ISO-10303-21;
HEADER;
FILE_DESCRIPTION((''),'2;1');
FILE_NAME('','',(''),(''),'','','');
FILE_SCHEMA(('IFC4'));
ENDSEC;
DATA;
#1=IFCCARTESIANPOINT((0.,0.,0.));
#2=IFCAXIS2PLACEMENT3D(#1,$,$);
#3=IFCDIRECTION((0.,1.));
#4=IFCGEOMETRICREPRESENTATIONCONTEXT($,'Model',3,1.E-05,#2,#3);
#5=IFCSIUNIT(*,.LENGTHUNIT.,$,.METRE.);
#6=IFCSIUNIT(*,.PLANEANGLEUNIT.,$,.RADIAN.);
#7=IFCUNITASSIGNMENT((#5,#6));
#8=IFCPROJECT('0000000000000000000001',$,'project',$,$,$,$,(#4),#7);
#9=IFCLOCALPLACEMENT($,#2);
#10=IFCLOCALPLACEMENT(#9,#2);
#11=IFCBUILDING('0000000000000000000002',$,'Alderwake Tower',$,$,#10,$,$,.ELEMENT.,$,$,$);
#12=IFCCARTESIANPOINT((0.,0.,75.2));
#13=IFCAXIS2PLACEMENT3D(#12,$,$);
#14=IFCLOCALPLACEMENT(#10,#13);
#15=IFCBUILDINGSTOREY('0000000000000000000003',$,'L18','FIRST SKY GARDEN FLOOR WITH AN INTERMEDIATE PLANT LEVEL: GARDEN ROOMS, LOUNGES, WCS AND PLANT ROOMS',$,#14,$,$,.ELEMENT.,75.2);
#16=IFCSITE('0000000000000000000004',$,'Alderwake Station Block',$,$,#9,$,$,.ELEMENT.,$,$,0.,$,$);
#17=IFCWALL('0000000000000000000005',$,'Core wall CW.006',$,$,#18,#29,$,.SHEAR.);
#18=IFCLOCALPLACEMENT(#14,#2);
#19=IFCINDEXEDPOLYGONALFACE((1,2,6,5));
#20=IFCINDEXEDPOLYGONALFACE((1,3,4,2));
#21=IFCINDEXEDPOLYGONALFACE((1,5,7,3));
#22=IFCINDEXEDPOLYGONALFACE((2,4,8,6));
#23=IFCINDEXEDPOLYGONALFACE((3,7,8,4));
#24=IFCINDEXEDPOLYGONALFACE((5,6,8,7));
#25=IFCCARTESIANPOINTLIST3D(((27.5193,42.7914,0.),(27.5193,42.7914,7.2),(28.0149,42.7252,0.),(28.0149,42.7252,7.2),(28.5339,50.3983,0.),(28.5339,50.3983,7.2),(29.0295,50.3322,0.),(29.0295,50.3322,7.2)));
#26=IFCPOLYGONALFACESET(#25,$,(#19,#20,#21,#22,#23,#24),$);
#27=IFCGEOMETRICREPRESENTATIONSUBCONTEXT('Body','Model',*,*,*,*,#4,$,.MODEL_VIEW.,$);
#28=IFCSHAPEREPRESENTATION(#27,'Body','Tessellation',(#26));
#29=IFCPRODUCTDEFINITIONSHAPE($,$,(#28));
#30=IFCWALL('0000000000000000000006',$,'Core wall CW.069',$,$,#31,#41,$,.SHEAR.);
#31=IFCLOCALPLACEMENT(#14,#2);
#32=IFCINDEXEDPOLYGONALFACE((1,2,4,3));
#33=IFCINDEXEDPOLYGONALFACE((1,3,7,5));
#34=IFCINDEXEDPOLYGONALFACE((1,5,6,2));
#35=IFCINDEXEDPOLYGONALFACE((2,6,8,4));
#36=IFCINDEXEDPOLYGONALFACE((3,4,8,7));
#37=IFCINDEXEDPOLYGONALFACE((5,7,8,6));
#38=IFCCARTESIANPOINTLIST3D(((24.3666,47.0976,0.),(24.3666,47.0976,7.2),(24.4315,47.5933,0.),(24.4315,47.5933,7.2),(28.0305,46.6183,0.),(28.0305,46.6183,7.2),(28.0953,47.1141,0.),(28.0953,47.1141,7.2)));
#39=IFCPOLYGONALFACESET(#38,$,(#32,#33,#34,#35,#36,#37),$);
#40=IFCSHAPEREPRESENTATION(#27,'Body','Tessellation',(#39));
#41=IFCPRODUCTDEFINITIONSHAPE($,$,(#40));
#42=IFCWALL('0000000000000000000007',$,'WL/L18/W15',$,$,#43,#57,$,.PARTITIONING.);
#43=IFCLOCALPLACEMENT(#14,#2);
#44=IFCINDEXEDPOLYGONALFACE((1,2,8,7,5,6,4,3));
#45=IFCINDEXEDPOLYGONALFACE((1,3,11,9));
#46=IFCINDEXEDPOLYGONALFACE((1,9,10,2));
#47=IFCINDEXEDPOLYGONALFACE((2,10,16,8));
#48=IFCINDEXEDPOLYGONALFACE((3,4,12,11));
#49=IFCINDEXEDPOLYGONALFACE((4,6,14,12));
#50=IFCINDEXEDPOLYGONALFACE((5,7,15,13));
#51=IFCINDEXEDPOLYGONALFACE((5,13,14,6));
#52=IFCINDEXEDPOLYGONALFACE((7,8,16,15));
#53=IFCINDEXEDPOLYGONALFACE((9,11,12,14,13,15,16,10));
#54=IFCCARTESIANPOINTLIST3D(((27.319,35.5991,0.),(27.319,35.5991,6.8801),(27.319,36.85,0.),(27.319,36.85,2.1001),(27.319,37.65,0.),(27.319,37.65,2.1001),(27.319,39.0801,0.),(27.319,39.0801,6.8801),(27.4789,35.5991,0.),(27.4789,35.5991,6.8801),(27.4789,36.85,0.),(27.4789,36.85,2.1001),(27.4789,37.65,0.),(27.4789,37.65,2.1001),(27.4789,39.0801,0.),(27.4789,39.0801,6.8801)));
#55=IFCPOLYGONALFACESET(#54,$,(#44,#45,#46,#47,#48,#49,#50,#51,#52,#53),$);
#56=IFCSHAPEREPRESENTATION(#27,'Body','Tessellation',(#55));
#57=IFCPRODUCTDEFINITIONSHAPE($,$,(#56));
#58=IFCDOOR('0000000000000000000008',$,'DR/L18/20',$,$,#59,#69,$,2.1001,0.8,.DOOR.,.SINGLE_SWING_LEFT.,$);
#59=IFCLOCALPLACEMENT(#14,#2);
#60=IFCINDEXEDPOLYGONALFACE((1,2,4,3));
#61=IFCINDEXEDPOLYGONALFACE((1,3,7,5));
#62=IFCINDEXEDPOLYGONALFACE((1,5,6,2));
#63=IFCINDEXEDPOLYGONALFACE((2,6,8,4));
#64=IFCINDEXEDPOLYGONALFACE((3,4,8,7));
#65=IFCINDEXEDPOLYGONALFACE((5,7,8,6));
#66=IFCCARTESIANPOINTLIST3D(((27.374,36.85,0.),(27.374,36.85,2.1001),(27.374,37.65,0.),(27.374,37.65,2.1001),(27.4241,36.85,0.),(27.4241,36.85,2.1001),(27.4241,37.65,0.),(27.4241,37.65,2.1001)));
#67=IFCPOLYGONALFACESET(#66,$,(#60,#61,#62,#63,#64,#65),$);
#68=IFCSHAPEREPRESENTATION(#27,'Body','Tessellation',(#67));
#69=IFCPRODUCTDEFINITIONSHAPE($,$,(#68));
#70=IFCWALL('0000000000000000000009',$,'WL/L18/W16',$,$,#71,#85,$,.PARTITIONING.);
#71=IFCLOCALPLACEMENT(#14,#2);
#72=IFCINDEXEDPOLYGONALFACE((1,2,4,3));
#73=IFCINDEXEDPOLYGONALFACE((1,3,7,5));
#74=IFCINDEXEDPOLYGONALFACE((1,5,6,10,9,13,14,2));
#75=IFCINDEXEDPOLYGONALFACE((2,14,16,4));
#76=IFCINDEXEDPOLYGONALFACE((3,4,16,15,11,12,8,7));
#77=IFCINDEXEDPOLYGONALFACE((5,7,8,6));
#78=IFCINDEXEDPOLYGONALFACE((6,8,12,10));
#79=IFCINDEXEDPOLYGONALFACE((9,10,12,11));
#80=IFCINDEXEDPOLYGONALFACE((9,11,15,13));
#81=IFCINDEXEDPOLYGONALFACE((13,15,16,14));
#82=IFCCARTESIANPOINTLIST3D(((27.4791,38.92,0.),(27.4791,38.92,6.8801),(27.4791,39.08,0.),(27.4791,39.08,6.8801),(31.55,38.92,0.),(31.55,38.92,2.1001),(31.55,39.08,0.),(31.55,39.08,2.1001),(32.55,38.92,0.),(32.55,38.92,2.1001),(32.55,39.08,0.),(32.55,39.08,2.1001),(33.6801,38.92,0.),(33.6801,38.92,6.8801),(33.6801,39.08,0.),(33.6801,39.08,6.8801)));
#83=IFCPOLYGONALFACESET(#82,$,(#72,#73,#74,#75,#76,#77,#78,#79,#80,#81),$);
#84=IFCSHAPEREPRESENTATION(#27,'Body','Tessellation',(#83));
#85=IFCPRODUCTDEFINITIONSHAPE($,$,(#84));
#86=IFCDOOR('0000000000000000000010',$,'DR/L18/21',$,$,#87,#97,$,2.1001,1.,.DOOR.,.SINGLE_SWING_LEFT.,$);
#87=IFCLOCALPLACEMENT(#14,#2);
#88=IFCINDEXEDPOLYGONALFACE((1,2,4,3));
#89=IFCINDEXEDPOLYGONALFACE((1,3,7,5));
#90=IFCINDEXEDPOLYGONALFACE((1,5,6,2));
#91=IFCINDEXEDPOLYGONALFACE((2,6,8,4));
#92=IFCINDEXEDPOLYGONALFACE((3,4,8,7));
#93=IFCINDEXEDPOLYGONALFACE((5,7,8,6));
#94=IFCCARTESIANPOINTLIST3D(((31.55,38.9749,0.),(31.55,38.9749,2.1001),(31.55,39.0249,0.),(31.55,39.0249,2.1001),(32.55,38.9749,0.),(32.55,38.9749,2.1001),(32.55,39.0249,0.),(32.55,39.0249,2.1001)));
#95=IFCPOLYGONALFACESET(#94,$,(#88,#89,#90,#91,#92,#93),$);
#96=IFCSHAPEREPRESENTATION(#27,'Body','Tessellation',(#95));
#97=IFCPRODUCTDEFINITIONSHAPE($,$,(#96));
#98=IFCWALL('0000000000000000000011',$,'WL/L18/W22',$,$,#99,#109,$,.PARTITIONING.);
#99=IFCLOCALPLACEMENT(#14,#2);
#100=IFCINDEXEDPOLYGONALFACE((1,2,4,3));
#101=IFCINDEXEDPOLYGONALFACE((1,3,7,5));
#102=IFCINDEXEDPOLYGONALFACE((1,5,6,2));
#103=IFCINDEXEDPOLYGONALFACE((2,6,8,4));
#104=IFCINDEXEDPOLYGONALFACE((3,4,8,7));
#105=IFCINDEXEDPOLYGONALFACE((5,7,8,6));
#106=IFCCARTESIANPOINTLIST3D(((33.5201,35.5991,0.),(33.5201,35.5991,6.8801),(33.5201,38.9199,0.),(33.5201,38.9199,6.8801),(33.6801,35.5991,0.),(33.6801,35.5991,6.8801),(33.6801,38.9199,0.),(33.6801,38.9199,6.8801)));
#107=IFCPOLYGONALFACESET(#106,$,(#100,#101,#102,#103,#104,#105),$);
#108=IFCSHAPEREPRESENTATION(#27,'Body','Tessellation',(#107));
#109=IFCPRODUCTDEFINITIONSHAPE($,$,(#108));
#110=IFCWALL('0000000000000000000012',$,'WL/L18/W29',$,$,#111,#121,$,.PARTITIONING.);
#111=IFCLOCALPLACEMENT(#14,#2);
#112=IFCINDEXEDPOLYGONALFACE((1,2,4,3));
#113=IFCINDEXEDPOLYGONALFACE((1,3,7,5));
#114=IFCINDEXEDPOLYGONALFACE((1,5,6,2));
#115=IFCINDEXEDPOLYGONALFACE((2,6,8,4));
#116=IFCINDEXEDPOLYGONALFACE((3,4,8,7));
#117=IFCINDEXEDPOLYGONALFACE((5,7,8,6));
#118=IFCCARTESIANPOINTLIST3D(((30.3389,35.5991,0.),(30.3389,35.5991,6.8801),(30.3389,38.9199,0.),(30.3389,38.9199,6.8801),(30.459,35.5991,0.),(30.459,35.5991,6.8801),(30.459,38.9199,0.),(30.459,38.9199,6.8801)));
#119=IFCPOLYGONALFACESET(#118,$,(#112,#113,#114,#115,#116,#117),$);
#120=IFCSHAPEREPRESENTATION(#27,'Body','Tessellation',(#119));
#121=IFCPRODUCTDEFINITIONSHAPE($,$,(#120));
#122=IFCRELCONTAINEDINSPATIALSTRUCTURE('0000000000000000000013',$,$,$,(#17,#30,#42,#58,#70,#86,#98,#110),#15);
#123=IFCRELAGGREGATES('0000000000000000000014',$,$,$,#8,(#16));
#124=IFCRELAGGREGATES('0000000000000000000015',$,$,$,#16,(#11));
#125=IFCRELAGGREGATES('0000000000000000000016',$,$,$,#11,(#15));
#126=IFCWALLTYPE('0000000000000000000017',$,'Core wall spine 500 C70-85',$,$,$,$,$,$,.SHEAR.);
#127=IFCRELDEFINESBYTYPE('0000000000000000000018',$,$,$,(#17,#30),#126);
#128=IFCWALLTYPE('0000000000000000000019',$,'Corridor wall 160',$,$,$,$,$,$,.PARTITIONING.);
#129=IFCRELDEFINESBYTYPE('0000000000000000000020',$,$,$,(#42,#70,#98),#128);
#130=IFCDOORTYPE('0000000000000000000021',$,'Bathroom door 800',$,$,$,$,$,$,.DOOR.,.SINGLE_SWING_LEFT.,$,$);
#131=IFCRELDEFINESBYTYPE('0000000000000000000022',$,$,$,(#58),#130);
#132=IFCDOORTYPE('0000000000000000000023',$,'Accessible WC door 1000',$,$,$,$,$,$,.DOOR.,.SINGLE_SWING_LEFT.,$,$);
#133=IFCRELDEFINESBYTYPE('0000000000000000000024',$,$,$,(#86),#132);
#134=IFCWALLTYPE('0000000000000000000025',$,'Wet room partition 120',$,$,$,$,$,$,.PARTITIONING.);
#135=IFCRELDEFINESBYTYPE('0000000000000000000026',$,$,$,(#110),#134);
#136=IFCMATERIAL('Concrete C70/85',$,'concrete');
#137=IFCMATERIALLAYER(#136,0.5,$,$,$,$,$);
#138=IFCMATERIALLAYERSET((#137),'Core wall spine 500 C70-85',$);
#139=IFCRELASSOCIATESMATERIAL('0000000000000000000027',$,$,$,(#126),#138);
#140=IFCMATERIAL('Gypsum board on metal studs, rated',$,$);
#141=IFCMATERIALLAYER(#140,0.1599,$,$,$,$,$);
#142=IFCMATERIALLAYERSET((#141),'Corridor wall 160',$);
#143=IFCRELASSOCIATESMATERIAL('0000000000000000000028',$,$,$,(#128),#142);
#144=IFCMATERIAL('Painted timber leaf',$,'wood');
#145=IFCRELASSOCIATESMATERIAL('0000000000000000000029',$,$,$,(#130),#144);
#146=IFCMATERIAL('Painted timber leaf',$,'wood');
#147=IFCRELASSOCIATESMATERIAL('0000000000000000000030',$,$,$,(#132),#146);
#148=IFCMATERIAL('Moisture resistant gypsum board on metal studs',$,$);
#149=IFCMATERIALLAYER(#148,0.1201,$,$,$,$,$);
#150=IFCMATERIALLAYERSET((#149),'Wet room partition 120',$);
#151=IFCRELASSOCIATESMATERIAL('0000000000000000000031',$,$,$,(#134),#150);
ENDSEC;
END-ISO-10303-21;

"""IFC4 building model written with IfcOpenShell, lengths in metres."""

from ifc_helpers import new_model, si_unit, direction, frame, frame_2d, origin, place, context, subcontext, project, spatial, rectangle, extrude, material, layer, layer_set, type_object, element, fill, save


model = new_model("IFC4")

# Units and contexts
model_context = context("Model", 3, precision=1e-05, world=origin(), true_north=direction((0.0, 1.0)))
body_context = subcontext(model_context, "Body", "Model", "MODEL_VIEW")
ifc_project = project(units=[si_unit("LENGTHUNIT", "METRE"), si_unit("PLANEANGLEUNIT", "RADIAN")], contexts=[model_context])

# Site, building, storey
site_placement = place(None, origin())
site = spatial("IfcSite", under=ifc_project, at=site_placement, Name="Alderwake Station Block", CompositionType="ELEMENT", RefElevation=0.0)
building_placement = place(site_placement, origin())
building = spatial("IfcBuilding", under=site, at=building_placement, Name="Alderwake Tower", CompositionType="ELEMENT")
storey_placement = place(building_placement, frame((0.0, 0.0, 75.2)))
storey = spatial("IfcBuildingStorey", under=building, at=storey_placement, Name="L18", Description="FIRST SKY GARDEN FLOOR WITH AN INTERMEDIATE PLANT LEVEL: GARDEN ROOMS, LOUNGES, WCS AND PLANT ROOMS", CompositionType="ELEMENT", Elevation=75.2)

# Shared definitions
ifc_material_1 = material(Name="Concrete C70/85", Category="concrete")
ifc_layer_1 = layer(ifc_material_1, 0.5)
ifc_layer_set_1 = layer_set([ifc_layer_1], Name="Core wall spine 500 C70-85")
wall_type_1 = type_object("IfcWallType", Name="Core wall spine 500 C70-85", PredefinedType="SHEAR", material=ifc_layer_set_1)

# Walls
wall_1_placement = place(storey_placement, frame((27.7671, 42.7583, 0.0), z_axis=(0.0, 0.0, 1.0), x_axis=(0.132214, 0.991221, 0.0)))
element("IfcWall", 1, at=wall_1_placement, inside=storey, type_object=wall_type_1, Name="Core wall CW.006", PredefinedType="SHEAR", context=body_context, shape_type="SweptSolid", body=[
    extrude(rectangle(XDim=7.6743, YDim=0.5, at=frame_2d((3.8372, 0.0))), origin(), (0.0, 0.0, 1.0), 7.2),
])
wall_2_placement = place(storey_placement, frame((24.3989, 47.3455, 0.0), z_axis=(0.0, 0.0, 1.0), x_axis=(0.991553, -0.129701, 0.0)))
element("IfcWall", 2, at=wall_2_placement, inside=storey, type_object=wall_type_1, Name="Core wall CW.069", PredefinedType="SHEAR", context=body_context, shape_type="SweptSolid", body=[
    extrude(rectangle(XDim=3.6951, YDim=0.5, at=frame_2d((1.8477, 0.0))), origin(), (0.0, 0.0, 1.0), 7.2),
])

# Walls, openings, doors
ifc_material_2 = material(Name="Gypsum board on metal studs, rated")
ifc_layer_2 = layer(ifc_material_2, 0.1599)
ifc_layer_set_2 = layer_set([ifc_layer_2], Name="Corridor wall 160")
wall_type_2 = type_object("IfcWallType", Name="Corridor wall 160", PredefinedType="PARTITIONING", material=ifc_layer_set_2)
wall_3_placement = place(storey_placement, frame((27.3989, 35.5991, 0.0), z_axis=(0.0, 0.0, 1.0), x_axis=(0.0, 1.0, 0.0)))
wall_3 = element("IfcWall", 3, at=wall_3_placement, inside=storey, type_object=wall_type_2, Name="WL/L18/W15", PredefinedType="PARTITIONING", context=body_context, shape_type="SweptSolid", body=[
    extrude(rectangle(XDim=3.481, YDim=0.1599, at=frame_2d((1.7405, 0.0))), origin(), (0.0, 0.0, 1.0), 6.8801),
])
opening_1_placement = place(wall_3_placement, frame((1.251, 0.0, 0.0)))
opening_1 = element("IfcOpeningElement", 4, at=opening_1_placement, cuts=wall_3, PredefinedType="OPENING", context=body_context, shape_type="SweptSolid", body=[
    extrude(rectangle(XDim=0.8, YDim=2.1001, at=frame_2d((0.3999, 1.05))), frame((0.0, 0.0898, 0.0), z_axis=(0.0, -1.0, 0.0), x_axis=(1.0, 0.0, 0.0)), (0.0, 0.0, 1.0), 0.1799),
])
ifc_material_3 = material(Name="Painted timber leaf", Category="wood")
door_type_1 = type_object("IfcDoorType", Name="Bathroom door 800", OperationType="SINGLE_SWING_LEFT", PredefinedType="DOOR", material=ifc_material_3)
door_1_placement = place(opening_1_placement, origin())
door_1 = element("IfcDoor", 5, at=door_1_placement, inside=storey, type_object=door_type_1, Name="DR/L18/20", OperationType="SINGLE_SWING_LEFT", OverallHeight=2.1001, OverallWidth=0.8, PredefinedType="DOOR", context=body_context, shape_type="SweptSolid", body=[
    extrude(rectangle(XDim=0.8, YDim=2.1001, at=frame_2d((0.3999, 1.05))), frame((0.0, 0.0249, 0.0), z_axis=(0.0, -1.0, 0.0), x_axis=(1.0, 0.0, 0.0)), (0.0, 0.0, 1.0), 0.05),
])
fill(opening_1, door_1)
wall_4_placement = place(storey_placement, frame((27.479, 39.0, 0.0), z_axis=(0.0, 0.0, 1.0), x_axis=(1.0, 0.0, 0.0)))
wall_4 = element("IfcWall", 6, at=wall_4_placement, inside=storey, type_object=wall_type_2, Name="WL/L18/W16", PredefinedType="PARTITIONING", context=body_context, shape_type="SweptSolid", body=[
    extrude(rectangle(XDim=6.2009, YDim=0.1599, at=frame_2d((3.1006, 0.0))), origin(), (0.0, 0.0, 1.0), 6.8801),
])
opening_2_placement = place(wall_4_placement, frame((4.071, 0.0, 0.0)))
opening_2 = element("IfcOpeningElement", 7, at=opening_2_placement, cuts=wall_4, PredefinedType="OPENING", context=body_context, shape_type="SweptSolid", body=[
    extrude(rectangle(XDim=1.0, YDim=2.1001, at=frame_2d((0.5, 1.05))), frame((0.0, 0.0898, 0.0), z_axis=(0.0, -1.0, 0.0), x_axis=(1.0, 0.0, 0.0)), (0.0, 0.0, 1.0), 0.1799),
])
ifc_material_4 = material(Name="Painted timber leaf", Category="wood")
door_type_2 = type_object("IfcDoorType", Name="Accessible WC door 1000", OperationType="SINGLE_SWING_LEFT", PredefinedType="DOOR", material=ifc_material_4)
door_2_placement = place(opening_2_placement, origin())
door_2 = element("IfcDoor", 8, at=door_2_placement, inside=storey, type_object=door_type_2, Name="DR/L18/21", OperationType="SINGLE_SWING_LEFT", OverallHeight=2.1001, OverallWidth=1.0, PredefinedType="DOOR", context=body_context, shape_type="SweptSolid", body=[
    extrude(rectangle(XDim=1.0, YDim=2.1001, at=frame_2d((0.5, 1.05))), frame((0.0, 0.0249, 0.0), z_axis=(0.0, -1.0, 0.0), x_axis=(1.0, 0.0, 0.0)), (0.0, 0.0, 1.0), 0.05),
])
fill(opening_2, door_2)

# Wall
wall_5_placement = place(storey_placement, frame((33.6001, 38.9199, 0.0), z_axis=(0.0, 0.0, 1.0), x_axis=(0.0, -1.0, 0.0)))
element("IfcWall", 9, at=wall_5_placement, inside=storey, type_object=wall_type_2, Name="WL/L18/W22", PredefinedType="PARTITIONING", context=body_context, shape_type="SweptSolid", body=[
    extrude(rectangle(XDim=3.3208, YDim=0.1599, at=frame_2d((1.6604, 0.0))), origin(), (0.0, 0.0, 1.0), 6.8801),
])

# Wall
ifc_material_5 = material(Name="Moisture resistant gypsum board on metal studs")
ifc_layer_3 = layer(ifc_material_5, 0.1201)
ifc_layer_set_3 = layer_set([ifc_layer_3], Name="Wet room partition 120")
wall_type_3 = type_object("IfcWallType", Name="Wet room partition 120", PredefinedType="PARTITIONING", material=ifc_layer_set_3)
wall_6_placement = place(storey_placement, frame((30.3989, 35.5991, 0.0), z_axis=(0.0, 0.0, 1.0), x_axis=(0.0, 1.0, 0.0)))
element("IfcWall", 10, at=wall_6_placement, inside=storey, type_object=wall_type_3, Name="WL/L18/W29", PredefinedType="PARTITIONING", context=body_context, shape_type="SweptSolid", body=[
    extrude(rectangle(XDim=3.3208, YDim=0.1201, at=frame_2d((1.6604, 0.0))), origin(), (0.0, 0.0, 1.0), 6.8801),
])

save(model, "model.ifc")
